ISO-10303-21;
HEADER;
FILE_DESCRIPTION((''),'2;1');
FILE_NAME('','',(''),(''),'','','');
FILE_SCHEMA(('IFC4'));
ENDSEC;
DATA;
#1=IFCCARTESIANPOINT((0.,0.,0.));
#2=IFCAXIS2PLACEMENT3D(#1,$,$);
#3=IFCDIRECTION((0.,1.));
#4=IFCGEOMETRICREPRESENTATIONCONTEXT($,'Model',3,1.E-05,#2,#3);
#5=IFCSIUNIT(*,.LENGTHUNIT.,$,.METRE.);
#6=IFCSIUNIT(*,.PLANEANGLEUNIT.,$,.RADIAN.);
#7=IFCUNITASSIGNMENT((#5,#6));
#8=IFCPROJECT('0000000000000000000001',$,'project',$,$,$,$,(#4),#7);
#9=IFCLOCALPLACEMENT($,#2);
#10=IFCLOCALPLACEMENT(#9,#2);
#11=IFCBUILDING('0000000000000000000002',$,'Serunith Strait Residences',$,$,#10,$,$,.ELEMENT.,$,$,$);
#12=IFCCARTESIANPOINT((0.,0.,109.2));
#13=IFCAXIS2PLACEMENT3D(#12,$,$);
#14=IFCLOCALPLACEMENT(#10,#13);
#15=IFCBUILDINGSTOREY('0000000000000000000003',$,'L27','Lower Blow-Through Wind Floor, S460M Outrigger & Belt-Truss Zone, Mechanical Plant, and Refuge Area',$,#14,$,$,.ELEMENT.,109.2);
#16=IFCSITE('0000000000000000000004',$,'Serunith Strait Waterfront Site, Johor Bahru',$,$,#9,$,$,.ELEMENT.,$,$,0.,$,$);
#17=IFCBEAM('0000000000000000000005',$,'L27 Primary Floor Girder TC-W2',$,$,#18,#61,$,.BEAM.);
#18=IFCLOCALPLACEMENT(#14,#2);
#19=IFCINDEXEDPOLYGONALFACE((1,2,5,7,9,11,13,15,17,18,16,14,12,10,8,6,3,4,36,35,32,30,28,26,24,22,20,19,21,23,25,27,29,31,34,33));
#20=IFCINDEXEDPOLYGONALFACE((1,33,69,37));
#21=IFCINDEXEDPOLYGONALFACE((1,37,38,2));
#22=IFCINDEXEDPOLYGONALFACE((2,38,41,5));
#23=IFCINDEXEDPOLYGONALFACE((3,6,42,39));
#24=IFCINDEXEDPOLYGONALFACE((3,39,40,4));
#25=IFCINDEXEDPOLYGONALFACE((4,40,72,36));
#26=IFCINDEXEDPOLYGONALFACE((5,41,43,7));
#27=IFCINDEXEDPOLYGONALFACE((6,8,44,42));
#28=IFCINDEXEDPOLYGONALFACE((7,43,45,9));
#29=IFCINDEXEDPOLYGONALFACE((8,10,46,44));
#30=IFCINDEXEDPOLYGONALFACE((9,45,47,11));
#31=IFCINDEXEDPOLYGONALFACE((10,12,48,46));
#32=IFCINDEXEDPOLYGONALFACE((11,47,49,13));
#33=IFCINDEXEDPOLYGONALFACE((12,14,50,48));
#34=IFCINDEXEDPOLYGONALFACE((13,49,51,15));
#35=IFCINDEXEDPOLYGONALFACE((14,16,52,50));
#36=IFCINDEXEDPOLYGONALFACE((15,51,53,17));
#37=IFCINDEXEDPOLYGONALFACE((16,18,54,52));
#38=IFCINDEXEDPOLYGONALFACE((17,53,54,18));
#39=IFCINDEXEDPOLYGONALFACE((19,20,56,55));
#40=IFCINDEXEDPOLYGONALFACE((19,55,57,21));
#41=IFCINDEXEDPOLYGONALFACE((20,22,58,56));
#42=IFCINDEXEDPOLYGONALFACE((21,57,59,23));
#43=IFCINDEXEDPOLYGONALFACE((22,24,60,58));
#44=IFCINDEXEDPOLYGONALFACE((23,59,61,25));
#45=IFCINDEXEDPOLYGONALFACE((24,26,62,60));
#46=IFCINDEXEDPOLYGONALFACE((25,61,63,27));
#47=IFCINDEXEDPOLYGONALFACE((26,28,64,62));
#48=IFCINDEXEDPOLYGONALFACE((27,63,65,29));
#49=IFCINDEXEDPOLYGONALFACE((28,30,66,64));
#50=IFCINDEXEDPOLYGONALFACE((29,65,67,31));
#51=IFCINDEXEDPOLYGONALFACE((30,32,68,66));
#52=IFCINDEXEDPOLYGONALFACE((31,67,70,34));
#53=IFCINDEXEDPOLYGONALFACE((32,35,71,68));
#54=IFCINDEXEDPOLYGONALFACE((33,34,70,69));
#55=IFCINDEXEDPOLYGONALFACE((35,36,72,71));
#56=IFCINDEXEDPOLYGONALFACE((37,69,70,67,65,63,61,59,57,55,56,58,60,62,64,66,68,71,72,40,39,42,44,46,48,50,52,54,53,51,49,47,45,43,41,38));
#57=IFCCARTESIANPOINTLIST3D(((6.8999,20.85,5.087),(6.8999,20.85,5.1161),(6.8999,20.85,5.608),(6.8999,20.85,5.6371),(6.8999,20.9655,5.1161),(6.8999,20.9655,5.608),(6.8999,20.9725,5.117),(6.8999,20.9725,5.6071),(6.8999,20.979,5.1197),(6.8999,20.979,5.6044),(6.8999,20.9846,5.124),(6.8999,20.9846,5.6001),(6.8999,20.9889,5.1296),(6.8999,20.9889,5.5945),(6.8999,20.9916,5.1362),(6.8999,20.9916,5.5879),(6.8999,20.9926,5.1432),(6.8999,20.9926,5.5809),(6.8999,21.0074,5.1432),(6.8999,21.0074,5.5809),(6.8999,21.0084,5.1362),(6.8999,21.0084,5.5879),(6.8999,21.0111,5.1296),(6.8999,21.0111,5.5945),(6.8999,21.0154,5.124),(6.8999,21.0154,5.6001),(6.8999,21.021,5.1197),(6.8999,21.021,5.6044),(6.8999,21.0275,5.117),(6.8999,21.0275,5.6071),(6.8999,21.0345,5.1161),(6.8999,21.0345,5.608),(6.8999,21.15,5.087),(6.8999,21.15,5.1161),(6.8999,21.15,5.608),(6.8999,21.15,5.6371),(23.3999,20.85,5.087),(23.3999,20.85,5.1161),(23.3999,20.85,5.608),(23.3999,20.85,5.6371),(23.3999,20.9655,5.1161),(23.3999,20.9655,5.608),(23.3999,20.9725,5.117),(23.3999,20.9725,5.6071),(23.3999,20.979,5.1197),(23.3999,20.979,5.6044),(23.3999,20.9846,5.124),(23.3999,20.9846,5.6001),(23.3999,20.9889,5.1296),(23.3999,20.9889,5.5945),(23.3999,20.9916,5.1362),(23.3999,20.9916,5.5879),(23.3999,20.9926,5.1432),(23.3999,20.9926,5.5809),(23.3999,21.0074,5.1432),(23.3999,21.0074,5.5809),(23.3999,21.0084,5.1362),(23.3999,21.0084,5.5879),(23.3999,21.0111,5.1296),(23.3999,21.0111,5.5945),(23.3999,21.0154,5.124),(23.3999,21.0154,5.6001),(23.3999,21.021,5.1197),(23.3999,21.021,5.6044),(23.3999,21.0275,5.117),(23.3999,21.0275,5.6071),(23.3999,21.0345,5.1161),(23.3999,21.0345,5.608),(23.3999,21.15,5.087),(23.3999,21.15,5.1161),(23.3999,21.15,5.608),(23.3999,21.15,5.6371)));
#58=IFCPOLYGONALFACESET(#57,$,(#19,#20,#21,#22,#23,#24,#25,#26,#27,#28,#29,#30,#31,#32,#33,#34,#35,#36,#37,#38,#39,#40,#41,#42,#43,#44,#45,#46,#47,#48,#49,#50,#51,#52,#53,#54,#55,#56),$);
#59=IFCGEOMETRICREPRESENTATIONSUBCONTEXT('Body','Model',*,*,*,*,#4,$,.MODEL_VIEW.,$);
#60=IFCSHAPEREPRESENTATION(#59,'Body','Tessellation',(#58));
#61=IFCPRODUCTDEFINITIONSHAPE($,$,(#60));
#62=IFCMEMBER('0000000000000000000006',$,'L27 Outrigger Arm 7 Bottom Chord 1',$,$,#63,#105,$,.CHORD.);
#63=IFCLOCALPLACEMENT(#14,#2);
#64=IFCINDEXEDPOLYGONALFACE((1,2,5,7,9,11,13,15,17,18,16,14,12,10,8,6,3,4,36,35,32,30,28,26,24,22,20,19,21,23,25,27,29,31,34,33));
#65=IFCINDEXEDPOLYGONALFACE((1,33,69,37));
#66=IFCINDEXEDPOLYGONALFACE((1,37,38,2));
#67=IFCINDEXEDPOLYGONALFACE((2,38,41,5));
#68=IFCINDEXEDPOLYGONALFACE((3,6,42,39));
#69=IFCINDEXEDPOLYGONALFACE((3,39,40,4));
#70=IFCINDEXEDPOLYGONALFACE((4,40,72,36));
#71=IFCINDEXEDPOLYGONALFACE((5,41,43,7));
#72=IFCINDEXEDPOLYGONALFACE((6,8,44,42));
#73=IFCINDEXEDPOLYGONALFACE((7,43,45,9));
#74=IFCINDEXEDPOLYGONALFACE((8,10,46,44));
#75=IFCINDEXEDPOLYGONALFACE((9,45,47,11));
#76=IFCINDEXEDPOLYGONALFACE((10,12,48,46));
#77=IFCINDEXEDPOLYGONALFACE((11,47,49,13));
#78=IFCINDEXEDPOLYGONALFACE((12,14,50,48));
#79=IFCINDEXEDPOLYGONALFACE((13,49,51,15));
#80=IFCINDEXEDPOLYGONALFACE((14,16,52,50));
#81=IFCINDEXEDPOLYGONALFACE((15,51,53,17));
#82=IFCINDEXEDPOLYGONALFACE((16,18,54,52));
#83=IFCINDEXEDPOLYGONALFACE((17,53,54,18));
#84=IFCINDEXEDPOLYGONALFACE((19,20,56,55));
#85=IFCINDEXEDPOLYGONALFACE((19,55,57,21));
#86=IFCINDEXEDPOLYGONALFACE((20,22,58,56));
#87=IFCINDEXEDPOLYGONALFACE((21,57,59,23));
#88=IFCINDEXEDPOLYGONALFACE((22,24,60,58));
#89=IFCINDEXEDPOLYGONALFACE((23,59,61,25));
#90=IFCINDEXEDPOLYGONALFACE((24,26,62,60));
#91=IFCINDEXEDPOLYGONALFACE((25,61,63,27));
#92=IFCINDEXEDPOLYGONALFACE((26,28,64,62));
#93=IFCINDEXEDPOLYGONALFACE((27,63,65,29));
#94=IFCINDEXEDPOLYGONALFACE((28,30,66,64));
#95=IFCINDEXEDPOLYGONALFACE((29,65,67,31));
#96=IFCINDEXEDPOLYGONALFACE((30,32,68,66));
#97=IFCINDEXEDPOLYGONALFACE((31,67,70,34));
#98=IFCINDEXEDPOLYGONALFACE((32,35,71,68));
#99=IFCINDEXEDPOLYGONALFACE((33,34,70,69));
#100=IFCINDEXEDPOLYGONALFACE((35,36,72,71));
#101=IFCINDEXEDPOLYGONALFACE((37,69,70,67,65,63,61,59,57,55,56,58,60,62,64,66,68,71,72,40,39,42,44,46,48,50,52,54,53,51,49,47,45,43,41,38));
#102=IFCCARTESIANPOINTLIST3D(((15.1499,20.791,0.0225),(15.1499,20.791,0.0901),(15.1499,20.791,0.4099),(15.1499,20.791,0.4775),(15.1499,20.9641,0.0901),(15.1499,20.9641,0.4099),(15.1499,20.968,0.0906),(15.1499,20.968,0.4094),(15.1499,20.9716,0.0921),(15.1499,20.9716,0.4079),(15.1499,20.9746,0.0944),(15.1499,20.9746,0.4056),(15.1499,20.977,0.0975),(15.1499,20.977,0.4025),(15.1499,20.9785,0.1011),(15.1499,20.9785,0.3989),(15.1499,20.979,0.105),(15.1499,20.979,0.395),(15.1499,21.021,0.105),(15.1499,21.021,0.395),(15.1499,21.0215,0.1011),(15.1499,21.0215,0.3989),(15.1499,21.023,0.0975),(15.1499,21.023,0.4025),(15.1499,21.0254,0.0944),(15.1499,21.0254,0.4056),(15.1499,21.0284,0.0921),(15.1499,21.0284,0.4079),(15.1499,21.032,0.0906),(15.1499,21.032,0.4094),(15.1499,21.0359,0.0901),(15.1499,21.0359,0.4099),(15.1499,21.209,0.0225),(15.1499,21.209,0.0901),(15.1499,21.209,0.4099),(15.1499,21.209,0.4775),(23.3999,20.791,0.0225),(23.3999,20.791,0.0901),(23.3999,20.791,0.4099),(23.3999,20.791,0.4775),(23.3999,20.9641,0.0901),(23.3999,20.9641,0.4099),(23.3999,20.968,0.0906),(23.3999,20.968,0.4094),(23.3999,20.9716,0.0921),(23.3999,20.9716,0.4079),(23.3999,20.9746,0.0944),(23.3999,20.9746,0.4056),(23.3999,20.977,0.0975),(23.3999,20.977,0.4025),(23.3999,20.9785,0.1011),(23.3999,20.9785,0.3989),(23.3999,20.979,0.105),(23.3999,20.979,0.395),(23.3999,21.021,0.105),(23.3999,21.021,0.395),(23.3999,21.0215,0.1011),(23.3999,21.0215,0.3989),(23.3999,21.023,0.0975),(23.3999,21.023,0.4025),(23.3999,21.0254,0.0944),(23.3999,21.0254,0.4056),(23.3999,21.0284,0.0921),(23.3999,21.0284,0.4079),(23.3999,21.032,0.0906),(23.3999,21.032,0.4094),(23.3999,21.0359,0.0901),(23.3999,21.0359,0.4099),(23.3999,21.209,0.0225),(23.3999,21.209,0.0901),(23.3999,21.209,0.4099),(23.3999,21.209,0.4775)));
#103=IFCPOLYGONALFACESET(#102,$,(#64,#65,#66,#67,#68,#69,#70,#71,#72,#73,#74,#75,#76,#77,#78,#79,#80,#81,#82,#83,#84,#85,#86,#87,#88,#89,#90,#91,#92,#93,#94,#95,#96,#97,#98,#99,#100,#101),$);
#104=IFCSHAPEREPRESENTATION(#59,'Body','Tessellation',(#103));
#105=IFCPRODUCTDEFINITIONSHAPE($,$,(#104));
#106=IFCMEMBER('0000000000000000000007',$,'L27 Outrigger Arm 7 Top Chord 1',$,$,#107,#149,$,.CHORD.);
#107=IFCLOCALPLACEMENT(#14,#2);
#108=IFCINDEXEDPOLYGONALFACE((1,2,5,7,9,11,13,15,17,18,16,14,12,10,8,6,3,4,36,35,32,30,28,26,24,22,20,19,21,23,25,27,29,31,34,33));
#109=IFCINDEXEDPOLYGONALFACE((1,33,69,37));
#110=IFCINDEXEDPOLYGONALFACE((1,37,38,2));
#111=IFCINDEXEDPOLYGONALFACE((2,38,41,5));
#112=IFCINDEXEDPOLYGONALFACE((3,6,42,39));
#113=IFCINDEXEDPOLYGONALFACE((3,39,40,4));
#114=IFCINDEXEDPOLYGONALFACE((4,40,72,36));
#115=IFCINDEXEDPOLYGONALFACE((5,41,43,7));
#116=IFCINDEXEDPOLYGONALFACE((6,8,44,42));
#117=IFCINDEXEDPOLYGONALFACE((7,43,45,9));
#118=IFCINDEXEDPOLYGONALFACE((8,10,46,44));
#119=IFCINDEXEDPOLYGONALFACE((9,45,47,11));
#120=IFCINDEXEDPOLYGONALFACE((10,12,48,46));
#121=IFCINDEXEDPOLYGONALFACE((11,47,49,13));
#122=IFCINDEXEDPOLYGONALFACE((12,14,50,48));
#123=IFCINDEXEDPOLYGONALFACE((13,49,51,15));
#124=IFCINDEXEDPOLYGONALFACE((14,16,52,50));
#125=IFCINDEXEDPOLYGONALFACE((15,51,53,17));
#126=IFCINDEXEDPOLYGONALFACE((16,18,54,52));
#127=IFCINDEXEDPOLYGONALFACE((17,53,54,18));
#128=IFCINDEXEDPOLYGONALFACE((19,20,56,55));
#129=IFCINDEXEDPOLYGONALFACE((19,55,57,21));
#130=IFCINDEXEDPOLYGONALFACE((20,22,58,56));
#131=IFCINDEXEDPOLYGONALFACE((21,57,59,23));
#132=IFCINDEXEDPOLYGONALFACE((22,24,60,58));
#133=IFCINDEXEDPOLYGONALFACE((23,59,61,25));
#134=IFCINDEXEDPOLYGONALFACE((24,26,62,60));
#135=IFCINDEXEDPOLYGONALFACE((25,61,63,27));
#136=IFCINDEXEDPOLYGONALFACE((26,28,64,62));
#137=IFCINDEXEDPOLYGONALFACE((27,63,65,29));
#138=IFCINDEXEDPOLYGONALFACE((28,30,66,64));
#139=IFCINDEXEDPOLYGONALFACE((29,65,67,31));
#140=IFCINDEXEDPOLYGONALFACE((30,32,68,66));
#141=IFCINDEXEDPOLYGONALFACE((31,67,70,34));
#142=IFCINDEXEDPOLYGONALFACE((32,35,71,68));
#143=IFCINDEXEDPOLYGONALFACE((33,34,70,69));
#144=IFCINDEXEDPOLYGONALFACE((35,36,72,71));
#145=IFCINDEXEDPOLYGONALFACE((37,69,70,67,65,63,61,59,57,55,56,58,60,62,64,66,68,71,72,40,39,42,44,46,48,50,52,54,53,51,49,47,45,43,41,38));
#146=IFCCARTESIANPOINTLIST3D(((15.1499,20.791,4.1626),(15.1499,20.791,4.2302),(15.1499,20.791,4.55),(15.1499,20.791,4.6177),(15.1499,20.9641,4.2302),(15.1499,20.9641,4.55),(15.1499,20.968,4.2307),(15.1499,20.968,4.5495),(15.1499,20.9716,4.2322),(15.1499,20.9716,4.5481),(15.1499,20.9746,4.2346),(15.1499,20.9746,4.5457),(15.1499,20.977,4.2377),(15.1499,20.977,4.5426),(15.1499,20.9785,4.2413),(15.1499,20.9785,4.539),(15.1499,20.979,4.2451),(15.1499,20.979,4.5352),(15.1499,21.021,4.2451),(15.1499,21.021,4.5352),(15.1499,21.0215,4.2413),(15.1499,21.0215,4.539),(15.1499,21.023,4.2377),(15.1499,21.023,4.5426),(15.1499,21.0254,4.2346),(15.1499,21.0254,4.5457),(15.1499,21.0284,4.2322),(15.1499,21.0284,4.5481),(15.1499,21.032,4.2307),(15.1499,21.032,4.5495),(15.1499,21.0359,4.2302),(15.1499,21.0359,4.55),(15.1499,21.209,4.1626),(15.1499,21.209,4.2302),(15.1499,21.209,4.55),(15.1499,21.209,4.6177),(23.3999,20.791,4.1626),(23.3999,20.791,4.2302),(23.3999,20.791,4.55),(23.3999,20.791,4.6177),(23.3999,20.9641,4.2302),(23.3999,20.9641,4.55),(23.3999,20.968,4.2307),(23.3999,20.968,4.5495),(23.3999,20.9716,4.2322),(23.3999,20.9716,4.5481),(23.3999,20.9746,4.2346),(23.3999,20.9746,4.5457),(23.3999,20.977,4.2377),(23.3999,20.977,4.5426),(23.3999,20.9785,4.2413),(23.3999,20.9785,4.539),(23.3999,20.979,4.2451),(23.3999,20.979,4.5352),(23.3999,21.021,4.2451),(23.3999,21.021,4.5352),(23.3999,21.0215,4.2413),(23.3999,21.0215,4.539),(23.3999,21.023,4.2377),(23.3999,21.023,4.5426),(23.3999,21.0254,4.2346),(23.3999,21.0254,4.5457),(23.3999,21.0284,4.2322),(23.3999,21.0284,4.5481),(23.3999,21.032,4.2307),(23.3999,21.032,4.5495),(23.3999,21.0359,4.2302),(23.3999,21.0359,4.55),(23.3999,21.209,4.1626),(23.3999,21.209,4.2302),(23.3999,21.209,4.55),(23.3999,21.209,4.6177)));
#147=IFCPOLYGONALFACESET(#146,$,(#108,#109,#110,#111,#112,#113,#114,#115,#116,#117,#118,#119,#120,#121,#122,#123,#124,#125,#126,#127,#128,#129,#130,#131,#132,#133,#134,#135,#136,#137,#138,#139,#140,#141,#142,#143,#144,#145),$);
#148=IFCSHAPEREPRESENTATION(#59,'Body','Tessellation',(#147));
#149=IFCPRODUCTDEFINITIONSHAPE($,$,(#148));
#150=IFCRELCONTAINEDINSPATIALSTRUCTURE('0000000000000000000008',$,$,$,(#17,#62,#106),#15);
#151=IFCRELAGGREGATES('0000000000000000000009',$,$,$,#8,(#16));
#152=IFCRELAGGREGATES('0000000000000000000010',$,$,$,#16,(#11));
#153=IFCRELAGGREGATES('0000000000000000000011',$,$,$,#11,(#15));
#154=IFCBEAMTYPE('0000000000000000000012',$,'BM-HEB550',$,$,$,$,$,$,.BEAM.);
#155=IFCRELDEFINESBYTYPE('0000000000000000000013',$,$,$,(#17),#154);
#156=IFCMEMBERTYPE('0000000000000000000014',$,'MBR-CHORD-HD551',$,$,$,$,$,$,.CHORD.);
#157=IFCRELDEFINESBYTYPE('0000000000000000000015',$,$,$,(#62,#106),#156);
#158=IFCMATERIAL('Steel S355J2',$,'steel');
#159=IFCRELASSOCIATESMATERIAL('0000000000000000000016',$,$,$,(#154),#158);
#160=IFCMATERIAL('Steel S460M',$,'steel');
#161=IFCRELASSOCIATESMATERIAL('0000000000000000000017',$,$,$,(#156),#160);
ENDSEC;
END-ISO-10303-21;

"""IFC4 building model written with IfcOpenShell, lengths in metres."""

from ifc_helpers import new_model, si_unit, direction, frame, origin, origin_2d, place, context, subcontext, project, spatial, i_section, extrude, source, transform, mapped, material, material_profile, profile_set, type_object, element, save


model = new_model("IFC4")

# Units and contexts
model_context = context("Model", 3, precision=1e-05, world=origin(), true_north=direction((0.0, 1.0)))
body_context = subcontext(model_context, "Body", "Model", "MODEL_VIEW")
ifc_project = project(units=[si_unit("LENGTHUNIT", "METRE"), si_unit("PLANEANGLEUNIT", "RADIAN")], contexts=[model_context])

# Site, building, storey
site_placement = place(None, origin())
site = spatial("IfcSite", under=ifc_project, at=site_placement, Name="Serunith Strait Waterfront Site, Johor Bahru", CompositionType="ELEMENT", RefElevation=0.0)
building_placement = place(site_placement, origin())
building = spatial("IfcBuilding", under=site, at=building_placement, Name="Serunith Strait Residences", CompositionType="ELEMENT")
storey_placement = place(building_placement, frame((0.0, 0.0, 109.2)))
storey = spatial("IfcBuildingStorey", under=building, at=storey_placement, Name="L27", Description="Lower Blow-Through Wind Floor, S460M Outrigger & Belt-Truss Zone, Mechanical Plant, and Refuge Area", CompositionType="ELEMENT", Elevation=109.2)

# Beam
ifc_material_1 = material(Name="Steel S355J2", Category="steel")
ifc_material_profile_1 = material_profile(ifc_material_1, i_section(OverallWidth=0.3, OverallDepth=0.55, WebThickness=0.0149, FlangeThickness=0.0291, FilletRadius=0.0271, at=origin_2d()), Name="HEB 550")
ifc_profile_set_1 = profile_set([ifc_material_profile_1], Name="Steel S355J2")
beam_type = type_object("IfcBeamType", Name="BM-HEB550", PredefinedType="BEAM", material=ifc_profile_set_1)
shared_shape_1 = source(origin(), body_context, "Body", "SweptSolid", [
    extrude(i_section(OverallWidth=0.3, OverallDepth=0.55, WebThickness=0.0149, FlangeThickness=0.0291, FilletRadius=0.0271, at=origin_2d()), origin(), (0.0, 0.0, 1.0), 16.5),
])
beam_placement = place(storey_placement, frame((23.3999, 21.0, 5.3621), z_axis=(-1.0, 0.0, 0.0), x_axis=(0.0, -1.0, 0.0)))
element("IfcBeam", 1, at=beam_placement, inside=storey, type_object=beam_type, Name="L27 Primary Floor Girder TC-W2", PredefinedType="BEAM", context=body_context, shape_type="MappedRepresentation", body=[
    mapped(shared_shape_1, transform((0.0, 0.0, 0.0), scale=1.0)),
])

# Members
ifc_material_2 = material(Name="Steel S460M", Category="steel")
ifc_material_profile_2 = material_profile(ifc_material_2, i_section(OverallWidth=0.418, OverallDepth=0.4551, WebThickness=0.042, FlangeThickness=0.0676, FilletRadius=0.0149, at=origin_2d()), Name="HD 400x551")
ifc_profile_set_2 = profile_set([ifc_material_profile_2], Name="Steel S460M")
member_type_1 = type_object("IfcMemberType", Name="MBR-CHORD-HD551", PredefinedType="CHORD", material=ifc_profile_set_2)
shared_shape_2 = source(origin(), body_context, "Body", "SweptSolid", [
    extrude(i_section(OverallWidth=0.418, OverallDepth=0.4551, WebThickness=0.042, FlangeThickness=0.0676, FilletRadius=0.0149, at=origin_2d()), origin(), (0.0, 0.0, 1.0), 8.25),
])
for number, where, z_axis, x_axis, name in (
    (2, (23.3999, 21.0, 0.25), (-1.0, 0.0, 0.0), (0.0, -1.0, 0.0), "L27 Outrigger Arm 7 Bottom Chord 1"),
    (3, (23.3999, 21.0, 4.3901), (-1.0, 0.0, 0.0), (0.0, -1.0, 0.0), "L27 Outrigger Arm 7 Top Chord 1"),
):
    element("IfcMember", number, at=place(storey_placement, frame(where, z_axis=z_axis, x_axis=x_axis)), inside=storey, type_object=member_type_1, Name=name, PredefinedType="CHORD", context=body_context, shape_type="MappedRepresentation", body=[
        mapped(shared_shape_2, transform((0.0, 0.0, 0.0), scale=1.0)),
    ])

save(model, "model.ifc")
